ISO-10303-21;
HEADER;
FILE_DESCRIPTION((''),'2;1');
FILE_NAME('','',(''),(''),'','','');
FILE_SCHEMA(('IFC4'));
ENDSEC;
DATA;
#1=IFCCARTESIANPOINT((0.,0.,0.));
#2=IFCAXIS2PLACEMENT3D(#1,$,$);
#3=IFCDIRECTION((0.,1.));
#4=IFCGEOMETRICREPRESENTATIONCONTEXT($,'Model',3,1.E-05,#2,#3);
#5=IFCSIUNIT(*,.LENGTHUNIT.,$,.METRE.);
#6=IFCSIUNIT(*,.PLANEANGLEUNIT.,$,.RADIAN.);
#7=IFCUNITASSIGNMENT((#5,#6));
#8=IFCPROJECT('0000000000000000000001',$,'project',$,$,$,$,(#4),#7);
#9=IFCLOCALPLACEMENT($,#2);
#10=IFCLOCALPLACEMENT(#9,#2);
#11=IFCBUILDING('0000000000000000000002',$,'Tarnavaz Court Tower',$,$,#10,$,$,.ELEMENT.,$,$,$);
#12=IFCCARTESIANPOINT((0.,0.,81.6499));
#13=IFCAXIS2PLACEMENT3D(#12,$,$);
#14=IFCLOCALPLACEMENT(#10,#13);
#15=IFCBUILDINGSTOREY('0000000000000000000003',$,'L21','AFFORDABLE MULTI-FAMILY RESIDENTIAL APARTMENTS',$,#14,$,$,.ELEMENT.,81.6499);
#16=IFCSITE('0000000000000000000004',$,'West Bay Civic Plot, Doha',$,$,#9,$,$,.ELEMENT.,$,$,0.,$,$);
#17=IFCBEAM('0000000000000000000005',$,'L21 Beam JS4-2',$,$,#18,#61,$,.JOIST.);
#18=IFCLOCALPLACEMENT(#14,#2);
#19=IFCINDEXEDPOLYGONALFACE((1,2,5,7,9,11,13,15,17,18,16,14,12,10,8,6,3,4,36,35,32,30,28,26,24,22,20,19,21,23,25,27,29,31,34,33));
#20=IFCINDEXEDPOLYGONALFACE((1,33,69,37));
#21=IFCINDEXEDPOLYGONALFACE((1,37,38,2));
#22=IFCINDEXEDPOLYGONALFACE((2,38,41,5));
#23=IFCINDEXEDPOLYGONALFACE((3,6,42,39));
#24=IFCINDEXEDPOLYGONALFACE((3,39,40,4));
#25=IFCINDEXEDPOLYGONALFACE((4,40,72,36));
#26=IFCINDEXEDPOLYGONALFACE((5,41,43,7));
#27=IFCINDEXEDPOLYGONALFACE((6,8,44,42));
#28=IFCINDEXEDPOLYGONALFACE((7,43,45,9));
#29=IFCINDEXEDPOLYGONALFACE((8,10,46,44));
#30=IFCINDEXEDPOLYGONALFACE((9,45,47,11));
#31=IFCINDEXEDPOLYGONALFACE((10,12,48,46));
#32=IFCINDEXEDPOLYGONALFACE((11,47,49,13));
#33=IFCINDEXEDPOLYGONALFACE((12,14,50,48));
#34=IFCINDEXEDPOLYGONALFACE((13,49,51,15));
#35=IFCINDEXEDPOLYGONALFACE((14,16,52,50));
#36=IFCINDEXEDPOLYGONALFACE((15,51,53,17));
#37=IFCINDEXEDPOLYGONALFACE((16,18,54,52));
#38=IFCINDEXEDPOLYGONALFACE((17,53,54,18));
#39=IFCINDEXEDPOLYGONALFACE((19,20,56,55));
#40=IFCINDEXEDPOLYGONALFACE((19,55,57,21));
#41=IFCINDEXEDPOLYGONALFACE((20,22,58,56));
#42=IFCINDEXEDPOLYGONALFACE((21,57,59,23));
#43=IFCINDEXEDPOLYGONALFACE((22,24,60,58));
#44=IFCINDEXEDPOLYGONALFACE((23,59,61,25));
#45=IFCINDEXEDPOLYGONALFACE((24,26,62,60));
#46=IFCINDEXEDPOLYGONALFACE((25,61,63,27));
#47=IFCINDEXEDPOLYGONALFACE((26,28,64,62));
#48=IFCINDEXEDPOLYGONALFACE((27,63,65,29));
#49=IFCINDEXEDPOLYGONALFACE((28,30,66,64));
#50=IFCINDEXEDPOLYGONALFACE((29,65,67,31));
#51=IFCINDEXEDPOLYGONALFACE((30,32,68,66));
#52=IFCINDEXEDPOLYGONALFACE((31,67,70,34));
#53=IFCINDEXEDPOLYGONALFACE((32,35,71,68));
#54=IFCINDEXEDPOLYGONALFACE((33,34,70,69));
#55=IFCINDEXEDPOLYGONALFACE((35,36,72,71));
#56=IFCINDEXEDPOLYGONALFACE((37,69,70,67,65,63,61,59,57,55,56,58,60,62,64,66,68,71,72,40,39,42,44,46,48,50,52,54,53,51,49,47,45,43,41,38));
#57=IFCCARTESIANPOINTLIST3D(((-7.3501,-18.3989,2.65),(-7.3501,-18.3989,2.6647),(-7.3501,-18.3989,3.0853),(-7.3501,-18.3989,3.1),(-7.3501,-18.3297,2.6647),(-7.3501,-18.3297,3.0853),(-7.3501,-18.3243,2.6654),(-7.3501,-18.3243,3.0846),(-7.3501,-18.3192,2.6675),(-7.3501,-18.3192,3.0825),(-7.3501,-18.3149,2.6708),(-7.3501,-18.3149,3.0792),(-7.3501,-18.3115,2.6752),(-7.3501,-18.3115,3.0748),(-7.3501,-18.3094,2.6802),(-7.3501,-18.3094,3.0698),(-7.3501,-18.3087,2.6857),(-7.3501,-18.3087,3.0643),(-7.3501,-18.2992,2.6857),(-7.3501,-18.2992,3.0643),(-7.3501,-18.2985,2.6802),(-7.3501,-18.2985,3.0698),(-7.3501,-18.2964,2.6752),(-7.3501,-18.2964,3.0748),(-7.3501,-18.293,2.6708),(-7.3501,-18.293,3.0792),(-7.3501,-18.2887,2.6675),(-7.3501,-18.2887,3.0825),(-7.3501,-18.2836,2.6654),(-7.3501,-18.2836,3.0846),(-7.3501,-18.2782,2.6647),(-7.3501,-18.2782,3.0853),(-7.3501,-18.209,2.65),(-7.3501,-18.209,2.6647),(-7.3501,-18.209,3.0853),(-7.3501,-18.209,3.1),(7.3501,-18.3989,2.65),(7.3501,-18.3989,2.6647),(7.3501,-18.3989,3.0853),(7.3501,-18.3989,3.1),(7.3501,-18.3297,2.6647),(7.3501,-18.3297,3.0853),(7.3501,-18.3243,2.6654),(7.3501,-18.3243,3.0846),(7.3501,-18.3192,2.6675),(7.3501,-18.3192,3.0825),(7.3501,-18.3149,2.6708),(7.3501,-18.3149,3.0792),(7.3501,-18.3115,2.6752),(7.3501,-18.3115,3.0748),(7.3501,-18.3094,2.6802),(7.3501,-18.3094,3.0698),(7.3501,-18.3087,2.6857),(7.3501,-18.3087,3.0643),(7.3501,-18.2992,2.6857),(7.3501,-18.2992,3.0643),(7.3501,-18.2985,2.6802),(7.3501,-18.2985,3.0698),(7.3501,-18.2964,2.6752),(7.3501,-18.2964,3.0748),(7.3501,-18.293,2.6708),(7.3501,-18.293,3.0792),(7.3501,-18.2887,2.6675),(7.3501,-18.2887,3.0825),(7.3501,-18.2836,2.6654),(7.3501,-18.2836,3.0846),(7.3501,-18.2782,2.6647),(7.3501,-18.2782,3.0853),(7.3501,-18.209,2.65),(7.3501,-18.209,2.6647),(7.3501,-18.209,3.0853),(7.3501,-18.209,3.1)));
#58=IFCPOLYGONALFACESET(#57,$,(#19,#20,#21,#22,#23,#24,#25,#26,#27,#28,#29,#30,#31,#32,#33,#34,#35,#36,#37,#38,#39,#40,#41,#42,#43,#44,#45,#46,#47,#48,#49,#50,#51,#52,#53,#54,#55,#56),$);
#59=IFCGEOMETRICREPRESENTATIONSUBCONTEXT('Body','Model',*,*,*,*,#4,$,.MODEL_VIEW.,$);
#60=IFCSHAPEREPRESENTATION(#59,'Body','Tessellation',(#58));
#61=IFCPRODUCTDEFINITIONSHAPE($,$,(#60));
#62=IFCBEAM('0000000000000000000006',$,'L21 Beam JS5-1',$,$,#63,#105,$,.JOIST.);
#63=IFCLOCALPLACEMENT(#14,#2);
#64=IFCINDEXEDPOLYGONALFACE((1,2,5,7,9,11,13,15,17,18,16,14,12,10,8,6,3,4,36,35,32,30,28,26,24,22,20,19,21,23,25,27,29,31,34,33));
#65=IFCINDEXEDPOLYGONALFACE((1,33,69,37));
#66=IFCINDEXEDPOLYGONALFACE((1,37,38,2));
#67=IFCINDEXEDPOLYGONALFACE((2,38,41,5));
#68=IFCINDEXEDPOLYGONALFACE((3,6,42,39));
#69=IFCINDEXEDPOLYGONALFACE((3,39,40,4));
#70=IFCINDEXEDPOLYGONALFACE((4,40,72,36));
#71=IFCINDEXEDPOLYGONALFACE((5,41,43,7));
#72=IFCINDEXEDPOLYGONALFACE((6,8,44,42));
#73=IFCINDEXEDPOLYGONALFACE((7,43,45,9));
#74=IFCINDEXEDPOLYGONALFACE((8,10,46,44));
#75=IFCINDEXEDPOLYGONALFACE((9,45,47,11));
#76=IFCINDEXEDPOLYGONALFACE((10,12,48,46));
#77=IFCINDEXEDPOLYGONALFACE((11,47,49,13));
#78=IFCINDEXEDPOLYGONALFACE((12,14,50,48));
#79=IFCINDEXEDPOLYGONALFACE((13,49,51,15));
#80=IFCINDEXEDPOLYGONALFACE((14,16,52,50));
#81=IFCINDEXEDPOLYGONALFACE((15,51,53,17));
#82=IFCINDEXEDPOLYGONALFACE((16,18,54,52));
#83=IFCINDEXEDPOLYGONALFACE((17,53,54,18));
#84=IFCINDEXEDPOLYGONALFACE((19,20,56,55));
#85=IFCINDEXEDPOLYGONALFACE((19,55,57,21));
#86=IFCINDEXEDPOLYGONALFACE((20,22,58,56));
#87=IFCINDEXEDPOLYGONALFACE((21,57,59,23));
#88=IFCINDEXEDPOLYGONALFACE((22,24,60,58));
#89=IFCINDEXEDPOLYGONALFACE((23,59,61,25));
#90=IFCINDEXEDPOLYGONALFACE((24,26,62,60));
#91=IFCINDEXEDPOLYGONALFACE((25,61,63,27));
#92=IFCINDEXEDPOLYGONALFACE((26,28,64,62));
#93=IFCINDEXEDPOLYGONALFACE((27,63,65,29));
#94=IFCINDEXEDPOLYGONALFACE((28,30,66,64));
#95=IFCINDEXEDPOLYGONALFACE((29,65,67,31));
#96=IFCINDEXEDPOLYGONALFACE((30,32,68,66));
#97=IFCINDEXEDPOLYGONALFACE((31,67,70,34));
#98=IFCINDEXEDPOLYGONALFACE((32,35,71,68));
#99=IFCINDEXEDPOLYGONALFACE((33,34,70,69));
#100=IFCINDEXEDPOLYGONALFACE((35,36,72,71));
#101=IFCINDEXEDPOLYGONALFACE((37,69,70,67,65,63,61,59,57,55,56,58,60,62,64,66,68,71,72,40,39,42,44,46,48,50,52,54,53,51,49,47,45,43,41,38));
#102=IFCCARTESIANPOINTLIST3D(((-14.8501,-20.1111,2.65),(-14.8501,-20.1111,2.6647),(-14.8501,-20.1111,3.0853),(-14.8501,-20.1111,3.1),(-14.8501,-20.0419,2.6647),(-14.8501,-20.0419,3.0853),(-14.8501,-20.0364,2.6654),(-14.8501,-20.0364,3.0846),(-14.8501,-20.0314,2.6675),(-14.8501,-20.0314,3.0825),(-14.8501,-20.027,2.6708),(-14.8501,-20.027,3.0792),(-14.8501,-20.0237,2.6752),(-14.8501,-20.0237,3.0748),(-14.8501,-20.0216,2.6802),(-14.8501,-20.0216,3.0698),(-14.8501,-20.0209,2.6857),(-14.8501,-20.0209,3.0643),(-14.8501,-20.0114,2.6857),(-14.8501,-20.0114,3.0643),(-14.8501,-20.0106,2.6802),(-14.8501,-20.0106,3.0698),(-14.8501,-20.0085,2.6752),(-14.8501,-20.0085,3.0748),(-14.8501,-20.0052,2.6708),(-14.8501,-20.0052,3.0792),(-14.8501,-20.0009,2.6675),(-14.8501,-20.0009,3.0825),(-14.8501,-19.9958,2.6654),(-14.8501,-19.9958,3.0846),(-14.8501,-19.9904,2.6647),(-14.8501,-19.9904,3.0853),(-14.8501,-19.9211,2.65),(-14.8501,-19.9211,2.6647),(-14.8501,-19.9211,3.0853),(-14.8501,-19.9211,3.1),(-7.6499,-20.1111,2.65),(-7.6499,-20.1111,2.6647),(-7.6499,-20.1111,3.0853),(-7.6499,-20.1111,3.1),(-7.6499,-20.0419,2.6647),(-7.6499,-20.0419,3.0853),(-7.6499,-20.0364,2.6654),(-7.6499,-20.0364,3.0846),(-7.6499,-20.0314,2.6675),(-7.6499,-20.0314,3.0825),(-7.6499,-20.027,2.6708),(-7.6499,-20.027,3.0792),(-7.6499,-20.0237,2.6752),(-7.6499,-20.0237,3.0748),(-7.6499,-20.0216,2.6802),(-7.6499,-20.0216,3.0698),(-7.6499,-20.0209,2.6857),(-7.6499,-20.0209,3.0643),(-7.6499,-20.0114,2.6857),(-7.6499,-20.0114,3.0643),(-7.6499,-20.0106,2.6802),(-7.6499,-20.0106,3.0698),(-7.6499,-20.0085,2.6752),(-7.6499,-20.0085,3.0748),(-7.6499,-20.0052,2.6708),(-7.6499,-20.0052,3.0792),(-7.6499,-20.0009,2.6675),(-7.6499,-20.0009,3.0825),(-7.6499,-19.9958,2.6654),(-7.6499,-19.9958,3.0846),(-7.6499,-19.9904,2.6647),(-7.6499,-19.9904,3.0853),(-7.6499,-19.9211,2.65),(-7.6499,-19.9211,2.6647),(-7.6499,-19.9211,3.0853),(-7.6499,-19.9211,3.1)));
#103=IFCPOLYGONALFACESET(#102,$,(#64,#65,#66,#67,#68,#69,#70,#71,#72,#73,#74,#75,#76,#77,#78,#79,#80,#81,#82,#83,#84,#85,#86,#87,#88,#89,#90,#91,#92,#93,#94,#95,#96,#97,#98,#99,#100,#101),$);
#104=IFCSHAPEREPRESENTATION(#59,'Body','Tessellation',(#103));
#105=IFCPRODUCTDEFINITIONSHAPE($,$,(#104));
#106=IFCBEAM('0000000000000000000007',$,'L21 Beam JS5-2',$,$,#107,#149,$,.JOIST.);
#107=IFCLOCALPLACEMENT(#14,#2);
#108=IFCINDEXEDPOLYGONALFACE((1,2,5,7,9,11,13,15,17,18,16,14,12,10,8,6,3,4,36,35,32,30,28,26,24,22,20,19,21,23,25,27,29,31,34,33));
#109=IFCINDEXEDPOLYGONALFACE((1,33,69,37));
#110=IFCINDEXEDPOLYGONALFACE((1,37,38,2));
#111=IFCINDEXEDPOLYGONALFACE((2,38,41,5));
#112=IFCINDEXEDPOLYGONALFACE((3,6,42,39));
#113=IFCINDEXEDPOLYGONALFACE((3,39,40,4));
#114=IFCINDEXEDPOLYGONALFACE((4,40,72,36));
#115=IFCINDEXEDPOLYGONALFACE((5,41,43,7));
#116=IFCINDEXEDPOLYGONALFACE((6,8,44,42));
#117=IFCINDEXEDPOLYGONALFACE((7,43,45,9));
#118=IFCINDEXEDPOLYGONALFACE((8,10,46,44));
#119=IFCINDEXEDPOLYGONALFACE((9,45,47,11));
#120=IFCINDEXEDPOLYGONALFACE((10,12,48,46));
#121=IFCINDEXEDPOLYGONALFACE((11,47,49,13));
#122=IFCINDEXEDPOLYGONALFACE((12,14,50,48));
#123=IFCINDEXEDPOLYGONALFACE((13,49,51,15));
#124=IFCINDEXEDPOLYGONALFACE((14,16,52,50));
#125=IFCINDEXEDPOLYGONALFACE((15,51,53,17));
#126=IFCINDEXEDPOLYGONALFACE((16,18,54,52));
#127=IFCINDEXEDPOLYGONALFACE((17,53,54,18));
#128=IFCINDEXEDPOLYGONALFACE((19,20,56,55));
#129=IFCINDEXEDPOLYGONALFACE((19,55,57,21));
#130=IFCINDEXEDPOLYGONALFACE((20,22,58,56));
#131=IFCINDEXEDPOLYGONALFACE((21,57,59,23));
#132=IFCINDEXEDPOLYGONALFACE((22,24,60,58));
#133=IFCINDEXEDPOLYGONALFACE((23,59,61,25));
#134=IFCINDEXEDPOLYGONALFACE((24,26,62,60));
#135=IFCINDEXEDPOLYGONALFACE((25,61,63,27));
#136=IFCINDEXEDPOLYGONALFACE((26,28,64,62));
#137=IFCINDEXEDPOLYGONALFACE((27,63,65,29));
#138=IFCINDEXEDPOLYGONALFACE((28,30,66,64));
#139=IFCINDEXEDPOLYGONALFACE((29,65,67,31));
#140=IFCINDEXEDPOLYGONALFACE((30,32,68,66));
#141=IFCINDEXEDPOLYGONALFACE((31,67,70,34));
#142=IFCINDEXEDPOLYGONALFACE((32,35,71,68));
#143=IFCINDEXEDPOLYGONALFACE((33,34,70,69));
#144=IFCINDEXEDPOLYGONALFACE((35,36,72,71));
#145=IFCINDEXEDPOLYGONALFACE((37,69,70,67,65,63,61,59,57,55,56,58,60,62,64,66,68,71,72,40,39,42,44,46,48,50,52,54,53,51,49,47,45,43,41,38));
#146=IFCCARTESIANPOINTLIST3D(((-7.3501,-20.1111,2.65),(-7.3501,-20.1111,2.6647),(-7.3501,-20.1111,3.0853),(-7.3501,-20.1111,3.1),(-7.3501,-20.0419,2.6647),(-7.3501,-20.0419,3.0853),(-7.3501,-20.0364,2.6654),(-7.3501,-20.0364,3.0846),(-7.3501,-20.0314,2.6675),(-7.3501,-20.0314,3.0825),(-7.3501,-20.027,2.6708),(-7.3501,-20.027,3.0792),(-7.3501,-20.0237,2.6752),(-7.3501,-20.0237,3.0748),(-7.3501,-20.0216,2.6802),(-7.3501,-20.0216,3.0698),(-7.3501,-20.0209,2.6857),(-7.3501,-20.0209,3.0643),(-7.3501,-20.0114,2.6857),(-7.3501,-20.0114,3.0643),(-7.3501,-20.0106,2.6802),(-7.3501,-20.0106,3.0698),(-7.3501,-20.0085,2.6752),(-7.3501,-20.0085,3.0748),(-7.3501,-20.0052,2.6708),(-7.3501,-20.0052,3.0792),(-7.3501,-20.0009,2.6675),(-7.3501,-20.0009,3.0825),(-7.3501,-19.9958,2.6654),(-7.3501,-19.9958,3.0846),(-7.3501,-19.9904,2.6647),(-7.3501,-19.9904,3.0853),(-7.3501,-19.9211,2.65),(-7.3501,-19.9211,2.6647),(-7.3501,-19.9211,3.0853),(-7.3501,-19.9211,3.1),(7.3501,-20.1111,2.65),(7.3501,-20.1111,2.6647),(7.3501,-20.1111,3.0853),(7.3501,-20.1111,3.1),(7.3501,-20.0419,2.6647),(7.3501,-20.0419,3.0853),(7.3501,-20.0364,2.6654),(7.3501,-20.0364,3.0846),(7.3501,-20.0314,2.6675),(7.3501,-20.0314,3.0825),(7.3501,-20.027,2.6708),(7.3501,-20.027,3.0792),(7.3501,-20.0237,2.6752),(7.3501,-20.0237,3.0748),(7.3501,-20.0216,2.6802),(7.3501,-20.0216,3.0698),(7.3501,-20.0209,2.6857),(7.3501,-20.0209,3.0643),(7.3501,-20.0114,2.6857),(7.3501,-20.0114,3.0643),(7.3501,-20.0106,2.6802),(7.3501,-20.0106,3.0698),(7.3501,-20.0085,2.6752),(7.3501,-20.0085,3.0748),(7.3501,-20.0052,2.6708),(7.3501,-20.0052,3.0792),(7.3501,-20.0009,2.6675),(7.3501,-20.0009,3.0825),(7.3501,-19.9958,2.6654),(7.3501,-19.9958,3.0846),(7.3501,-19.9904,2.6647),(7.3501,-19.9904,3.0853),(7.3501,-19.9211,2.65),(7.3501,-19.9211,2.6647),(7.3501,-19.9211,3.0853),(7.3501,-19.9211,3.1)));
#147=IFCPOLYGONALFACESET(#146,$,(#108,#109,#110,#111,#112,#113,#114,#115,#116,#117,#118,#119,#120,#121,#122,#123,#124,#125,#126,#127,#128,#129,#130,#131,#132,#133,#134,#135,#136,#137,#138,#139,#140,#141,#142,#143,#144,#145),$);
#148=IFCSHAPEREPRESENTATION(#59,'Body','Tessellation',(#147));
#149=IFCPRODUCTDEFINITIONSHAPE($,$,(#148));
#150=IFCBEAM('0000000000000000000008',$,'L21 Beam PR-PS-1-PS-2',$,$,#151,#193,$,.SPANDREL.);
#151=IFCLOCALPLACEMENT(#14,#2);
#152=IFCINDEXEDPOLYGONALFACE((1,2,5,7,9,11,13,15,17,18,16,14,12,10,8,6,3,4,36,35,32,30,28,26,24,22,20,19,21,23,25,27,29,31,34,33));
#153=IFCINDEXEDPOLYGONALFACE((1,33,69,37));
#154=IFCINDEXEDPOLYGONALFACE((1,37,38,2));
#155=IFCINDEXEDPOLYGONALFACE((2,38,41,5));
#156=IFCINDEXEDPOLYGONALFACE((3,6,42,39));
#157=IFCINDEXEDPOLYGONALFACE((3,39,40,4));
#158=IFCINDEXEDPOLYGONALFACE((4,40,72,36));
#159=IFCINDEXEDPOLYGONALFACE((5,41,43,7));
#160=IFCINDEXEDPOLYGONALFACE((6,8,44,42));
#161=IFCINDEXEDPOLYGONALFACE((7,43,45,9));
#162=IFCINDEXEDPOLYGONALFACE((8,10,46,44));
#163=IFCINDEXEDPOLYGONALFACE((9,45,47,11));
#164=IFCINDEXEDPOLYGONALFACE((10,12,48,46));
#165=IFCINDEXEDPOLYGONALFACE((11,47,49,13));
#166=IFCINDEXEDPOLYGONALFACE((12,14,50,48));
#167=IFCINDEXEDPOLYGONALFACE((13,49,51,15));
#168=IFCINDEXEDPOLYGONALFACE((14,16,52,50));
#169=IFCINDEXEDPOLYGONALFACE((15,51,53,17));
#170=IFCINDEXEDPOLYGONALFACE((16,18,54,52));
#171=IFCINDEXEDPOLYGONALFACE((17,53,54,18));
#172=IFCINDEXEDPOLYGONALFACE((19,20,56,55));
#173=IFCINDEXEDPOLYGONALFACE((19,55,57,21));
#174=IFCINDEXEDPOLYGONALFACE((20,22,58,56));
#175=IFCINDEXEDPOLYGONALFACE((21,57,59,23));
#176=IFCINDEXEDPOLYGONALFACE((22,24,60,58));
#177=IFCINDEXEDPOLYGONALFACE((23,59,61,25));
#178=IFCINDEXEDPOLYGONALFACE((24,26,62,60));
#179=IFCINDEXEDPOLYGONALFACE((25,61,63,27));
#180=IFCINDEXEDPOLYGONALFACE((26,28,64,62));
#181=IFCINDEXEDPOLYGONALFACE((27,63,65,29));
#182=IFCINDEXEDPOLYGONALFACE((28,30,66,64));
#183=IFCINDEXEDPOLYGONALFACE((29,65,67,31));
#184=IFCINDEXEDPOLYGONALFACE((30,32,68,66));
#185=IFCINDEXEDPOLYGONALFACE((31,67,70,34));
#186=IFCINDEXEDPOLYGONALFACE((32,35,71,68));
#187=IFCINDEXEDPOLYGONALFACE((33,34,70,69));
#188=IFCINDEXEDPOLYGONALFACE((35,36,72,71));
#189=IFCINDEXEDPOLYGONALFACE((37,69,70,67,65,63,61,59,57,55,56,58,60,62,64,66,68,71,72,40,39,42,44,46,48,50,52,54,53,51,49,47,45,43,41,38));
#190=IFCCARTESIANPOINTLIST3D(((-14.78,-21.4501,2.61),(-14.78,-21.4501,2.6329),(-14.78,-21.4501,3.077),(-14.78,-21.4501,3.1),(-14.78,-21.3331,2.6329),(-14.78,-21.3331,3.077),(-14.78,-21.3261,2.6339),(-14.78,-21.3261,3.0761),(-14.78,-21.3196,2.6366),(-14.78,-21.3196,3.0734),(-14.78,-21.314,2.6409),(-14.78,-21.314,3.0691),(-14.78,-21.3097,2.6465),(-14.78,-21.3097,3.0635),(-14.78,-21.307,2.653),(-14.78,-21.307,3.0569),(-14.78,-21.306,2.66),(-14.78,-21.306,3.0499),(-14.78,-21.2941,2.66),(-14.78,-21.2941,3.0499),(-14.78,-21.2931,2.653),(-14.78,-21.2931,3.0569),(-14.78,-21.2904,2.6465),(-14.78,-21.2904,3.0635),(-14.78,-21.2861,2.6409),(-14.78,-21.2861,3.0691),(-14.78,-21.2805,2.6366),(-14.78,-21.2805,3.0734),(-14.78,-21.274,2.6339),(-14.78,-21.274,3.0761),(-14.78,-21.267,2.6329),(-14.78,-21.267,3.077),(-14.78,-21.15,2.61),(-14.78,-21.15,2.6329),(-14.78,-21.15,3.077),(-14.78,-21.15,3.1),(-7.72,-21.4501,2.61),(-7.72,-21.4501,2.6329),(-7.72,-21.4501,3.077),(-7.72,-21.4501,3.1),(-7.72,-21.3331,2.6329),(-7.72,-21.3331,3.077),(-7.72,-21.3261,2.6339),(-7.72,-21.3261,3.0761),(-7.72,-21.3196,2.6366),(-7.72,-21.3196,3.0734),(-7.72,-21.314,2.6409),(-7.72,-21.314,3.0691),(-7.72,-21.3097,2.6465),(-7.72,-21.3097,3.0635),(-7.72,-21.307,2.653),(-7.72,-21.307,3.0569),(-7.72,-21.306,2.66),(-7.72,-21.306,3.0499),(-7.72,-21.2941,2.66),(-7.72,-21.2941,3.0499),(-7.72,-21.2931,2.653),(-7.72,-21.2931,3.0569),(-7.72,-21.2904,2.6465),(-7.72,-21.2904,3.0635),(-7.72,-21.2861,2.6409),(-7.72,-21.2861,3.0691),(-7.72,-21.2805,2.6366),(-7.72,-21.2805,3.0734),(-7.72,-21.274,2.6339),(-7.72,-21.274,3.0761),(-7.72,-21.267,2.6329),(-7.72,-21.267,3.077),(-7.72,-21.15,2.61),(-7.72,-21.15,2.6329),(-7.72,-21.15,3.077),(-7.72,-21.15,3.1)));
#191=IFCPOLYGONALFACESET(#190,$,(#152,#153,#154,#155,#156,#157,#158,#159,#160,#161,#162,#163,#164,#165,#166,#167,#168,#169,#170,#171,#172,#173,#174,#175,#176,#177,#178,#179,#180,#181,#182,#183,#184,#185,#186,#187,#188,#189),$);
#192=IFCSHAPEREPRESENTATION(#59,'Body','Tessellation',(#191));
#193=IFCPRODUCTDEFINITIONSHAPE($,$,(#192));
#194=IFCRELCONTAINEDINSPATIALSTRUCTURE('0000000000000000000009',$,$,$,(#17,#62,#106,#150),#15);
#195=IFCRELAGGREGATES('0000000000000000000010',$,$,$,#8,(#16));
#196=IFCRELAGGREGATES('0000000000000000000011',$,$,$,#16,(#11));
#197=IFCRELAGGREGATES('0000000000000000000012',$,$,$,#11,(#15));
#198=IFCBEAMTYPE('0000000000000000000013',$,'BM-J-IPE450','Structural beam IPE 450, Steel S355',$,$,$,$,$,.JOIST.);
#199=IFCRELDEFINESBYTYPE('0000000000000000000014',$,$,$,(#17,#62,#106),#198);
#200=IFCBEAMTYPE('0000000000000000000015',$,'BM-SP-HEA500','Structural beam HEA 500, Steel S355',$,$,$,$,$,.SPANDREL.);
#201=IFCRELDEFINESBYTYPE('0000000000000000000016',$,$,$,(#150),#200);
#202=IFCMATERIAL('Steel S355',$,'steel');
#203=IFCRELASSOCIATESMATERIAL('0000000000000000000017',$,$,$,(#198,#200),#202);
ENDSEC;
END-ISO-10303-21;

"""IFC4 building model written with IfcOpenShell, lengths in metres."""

from ifc_helpers import new_model, si_unit, direction, frame, origin, origin_2d, place, context, subcontext, project, spatial, i_section, extrude, material, material_profile, profile_set, type_object, element, save


model = new_model("IFC4")

# Units and contexts
model_context = context("Model", 3, precision=1e-05, world=origin(), true_north=direction((0.0, 1.0)))
body_context = subcontext(model_context, "Body", "Model", "MODEL_VIEW")
ifc_project = project(units=[si_unit("LENGTHUNIT", "METRE"), si_unit("PLANEANGLEUNIT", "RADIAN")], contexts=[model_context])

# Site, building, storey
site_placement = place(None, origin())
site = spatial("IfcSite", under=ifc_project, at=site_placement, Name="West Bay Civic Plot, Doha", CompositionType="ELEMENT", RefElevation=0.0)
building_placement = place(site_placement, origin())
building = spatial("IfcBuilding", under=site, at=building_placement, Name="Tarnavaz Court Tower", CompositionType="ELEMENT")
storey_placement = place(building_placement, frame((0.0, 0.0, 81.6499)))
storey = spatial("IfcBuildingStorey", under=building, at=storey_placement, Name="L21", Description="AFFORDABLE MULTI-FAMILY RESIDENTIAL APARTMENTS", CompositionType="ELEMENT", Elevation=81.6499)

# Beams
ifc_material_1 = material(Name="Steel S355", Category="steel")
ifc_material_profile_1 = material_profile(ifc_material_1, i_section(OverallWidth=0.1899, OverallDepth=0.45, WebThickness=0.0095, FlangeThickness=0.0146, FilletRadius=0.021, at=origin_2d()), Name="IPE 450")
ifc_profile_set_1 = profile_set([ifc_material_profile_1], Name="Steel S355")
beam_type_1 = type_object("IfcBeamType", Name="BM-J-IPE450", Description="Structural beam IPE 450, Steel S355", PredefinedType="JOIST", material=ifc_profile_set_1)
beam_1_placement = place(storey_placement, frame((-7.3501, -18.304, 2.875), z_axis=(1.0, 0.0, 0.0), x_axis=(0.0, 1.0, 0.0)))
element("IfcBeam", 1, at=beam_1_placement, inside=storey, type_object=beam_type_1, Name="L21 Beam JS4-2", PredefinedType="JOIST", context=body_context, shape_type="SweptSolid", body=[
    extrude(i_section(OverallWidth=0.1899, OverallDepth=0.45, WebThickness=0.0095, FlangeThickness=0.0146, FilletRadius=0.021, at=origin_2d()), origin(), (0.0, 0.0, 1.0), 14.7002),
])
beam_2_placement = place(storey_placement, frame((-14.8501, -20.0161, 2.875), z_axis=(1.0, 0.0, 0.0), x_axis=(0.0, 1.0, 0.0)))
element("IfcBeam", 2, at=beam_2_placement, inside=storey, type_object=beam_type_1, Name="L21 Beam JS5-1", PredefinedType="JOIST", context=body_context, shape_type="SweptSolid", body=[
    extrude(i_section(OverallWidth=0.1899, OverallDepth=0.45, WebThickness=0.0095, FlangeThickness=0.0146, FilletRadius=0.021, at=origin_2d()), origin(), (0.0, 0.0, 1.0), 7.2002),
])
beam_3_placement = place(storey_placement, frame((-7.3501, -20.0161, 2.875), z_axis=(1.0, 0.0, 0.0), x_axis=(0.0, 1.0, 0.0)))
element("IfcBeam", 3, at=beam_3_placement, inside=storey, type_object=beam_type_1, Name="L21 Beam JS5-2", PredefinedType="JOIST", context=body_context, shape_type="SweptSolid", body=[
    extrude(i_section(OverallWidth=0.1899, OverallDepth=0.45, WebThickness=0.0095, FlangeThickness=0.0146, FilletRadius=0.021, at=origin_2d()), origin(), (0.0, 0.0, 1.0), 14.7002),
])
ifc_material_profile_2 = material_profile(ifc_material_1, i_section(OverallWidth=0.3, OverallDepth=0.49, WebThickness=0.012, FlangeThickness=0.0229, FilletRadius=0.0271, at=origin_2d()), Name="HEA 500")
ifc_profile_set_2 = profile_set([ifc_material_profile_2], Name="Steel S355")
beam_type_2 = type_object("IfcBeamType", Name="BM-SP-HEA500", Description="Structural beam HEA 500, Steel S355", PredefinedType="SPANDREL", material=ifc_profile_set_2)
beam_4_placement = place(storey_placement, frame((-14.78, -21.3, 2.855), z_axis=(1.0, 0.0, 0.0), x_axis=(0.0, 1.0, 0.0)))
element("IfcBeam", 4, at=beam_4_placement, inside=storey, type_object=beam_type_2, Name="L21 Beam PR-PS-1-PS-2", PredefinedType="SPANDREL", context=body_context, shape_type="SweptSolid", body=[
    extrude(i_section(OverallWidth=0.3, OverallDepth=0.49, WebThickness=0.012, FlangeThickness=0.0229, FilletRadius=0.0271, at=origin_2d()), origin(), (0.0, 0.0, 1.0), 7.0601),
])

save(model, "model.ifc")
